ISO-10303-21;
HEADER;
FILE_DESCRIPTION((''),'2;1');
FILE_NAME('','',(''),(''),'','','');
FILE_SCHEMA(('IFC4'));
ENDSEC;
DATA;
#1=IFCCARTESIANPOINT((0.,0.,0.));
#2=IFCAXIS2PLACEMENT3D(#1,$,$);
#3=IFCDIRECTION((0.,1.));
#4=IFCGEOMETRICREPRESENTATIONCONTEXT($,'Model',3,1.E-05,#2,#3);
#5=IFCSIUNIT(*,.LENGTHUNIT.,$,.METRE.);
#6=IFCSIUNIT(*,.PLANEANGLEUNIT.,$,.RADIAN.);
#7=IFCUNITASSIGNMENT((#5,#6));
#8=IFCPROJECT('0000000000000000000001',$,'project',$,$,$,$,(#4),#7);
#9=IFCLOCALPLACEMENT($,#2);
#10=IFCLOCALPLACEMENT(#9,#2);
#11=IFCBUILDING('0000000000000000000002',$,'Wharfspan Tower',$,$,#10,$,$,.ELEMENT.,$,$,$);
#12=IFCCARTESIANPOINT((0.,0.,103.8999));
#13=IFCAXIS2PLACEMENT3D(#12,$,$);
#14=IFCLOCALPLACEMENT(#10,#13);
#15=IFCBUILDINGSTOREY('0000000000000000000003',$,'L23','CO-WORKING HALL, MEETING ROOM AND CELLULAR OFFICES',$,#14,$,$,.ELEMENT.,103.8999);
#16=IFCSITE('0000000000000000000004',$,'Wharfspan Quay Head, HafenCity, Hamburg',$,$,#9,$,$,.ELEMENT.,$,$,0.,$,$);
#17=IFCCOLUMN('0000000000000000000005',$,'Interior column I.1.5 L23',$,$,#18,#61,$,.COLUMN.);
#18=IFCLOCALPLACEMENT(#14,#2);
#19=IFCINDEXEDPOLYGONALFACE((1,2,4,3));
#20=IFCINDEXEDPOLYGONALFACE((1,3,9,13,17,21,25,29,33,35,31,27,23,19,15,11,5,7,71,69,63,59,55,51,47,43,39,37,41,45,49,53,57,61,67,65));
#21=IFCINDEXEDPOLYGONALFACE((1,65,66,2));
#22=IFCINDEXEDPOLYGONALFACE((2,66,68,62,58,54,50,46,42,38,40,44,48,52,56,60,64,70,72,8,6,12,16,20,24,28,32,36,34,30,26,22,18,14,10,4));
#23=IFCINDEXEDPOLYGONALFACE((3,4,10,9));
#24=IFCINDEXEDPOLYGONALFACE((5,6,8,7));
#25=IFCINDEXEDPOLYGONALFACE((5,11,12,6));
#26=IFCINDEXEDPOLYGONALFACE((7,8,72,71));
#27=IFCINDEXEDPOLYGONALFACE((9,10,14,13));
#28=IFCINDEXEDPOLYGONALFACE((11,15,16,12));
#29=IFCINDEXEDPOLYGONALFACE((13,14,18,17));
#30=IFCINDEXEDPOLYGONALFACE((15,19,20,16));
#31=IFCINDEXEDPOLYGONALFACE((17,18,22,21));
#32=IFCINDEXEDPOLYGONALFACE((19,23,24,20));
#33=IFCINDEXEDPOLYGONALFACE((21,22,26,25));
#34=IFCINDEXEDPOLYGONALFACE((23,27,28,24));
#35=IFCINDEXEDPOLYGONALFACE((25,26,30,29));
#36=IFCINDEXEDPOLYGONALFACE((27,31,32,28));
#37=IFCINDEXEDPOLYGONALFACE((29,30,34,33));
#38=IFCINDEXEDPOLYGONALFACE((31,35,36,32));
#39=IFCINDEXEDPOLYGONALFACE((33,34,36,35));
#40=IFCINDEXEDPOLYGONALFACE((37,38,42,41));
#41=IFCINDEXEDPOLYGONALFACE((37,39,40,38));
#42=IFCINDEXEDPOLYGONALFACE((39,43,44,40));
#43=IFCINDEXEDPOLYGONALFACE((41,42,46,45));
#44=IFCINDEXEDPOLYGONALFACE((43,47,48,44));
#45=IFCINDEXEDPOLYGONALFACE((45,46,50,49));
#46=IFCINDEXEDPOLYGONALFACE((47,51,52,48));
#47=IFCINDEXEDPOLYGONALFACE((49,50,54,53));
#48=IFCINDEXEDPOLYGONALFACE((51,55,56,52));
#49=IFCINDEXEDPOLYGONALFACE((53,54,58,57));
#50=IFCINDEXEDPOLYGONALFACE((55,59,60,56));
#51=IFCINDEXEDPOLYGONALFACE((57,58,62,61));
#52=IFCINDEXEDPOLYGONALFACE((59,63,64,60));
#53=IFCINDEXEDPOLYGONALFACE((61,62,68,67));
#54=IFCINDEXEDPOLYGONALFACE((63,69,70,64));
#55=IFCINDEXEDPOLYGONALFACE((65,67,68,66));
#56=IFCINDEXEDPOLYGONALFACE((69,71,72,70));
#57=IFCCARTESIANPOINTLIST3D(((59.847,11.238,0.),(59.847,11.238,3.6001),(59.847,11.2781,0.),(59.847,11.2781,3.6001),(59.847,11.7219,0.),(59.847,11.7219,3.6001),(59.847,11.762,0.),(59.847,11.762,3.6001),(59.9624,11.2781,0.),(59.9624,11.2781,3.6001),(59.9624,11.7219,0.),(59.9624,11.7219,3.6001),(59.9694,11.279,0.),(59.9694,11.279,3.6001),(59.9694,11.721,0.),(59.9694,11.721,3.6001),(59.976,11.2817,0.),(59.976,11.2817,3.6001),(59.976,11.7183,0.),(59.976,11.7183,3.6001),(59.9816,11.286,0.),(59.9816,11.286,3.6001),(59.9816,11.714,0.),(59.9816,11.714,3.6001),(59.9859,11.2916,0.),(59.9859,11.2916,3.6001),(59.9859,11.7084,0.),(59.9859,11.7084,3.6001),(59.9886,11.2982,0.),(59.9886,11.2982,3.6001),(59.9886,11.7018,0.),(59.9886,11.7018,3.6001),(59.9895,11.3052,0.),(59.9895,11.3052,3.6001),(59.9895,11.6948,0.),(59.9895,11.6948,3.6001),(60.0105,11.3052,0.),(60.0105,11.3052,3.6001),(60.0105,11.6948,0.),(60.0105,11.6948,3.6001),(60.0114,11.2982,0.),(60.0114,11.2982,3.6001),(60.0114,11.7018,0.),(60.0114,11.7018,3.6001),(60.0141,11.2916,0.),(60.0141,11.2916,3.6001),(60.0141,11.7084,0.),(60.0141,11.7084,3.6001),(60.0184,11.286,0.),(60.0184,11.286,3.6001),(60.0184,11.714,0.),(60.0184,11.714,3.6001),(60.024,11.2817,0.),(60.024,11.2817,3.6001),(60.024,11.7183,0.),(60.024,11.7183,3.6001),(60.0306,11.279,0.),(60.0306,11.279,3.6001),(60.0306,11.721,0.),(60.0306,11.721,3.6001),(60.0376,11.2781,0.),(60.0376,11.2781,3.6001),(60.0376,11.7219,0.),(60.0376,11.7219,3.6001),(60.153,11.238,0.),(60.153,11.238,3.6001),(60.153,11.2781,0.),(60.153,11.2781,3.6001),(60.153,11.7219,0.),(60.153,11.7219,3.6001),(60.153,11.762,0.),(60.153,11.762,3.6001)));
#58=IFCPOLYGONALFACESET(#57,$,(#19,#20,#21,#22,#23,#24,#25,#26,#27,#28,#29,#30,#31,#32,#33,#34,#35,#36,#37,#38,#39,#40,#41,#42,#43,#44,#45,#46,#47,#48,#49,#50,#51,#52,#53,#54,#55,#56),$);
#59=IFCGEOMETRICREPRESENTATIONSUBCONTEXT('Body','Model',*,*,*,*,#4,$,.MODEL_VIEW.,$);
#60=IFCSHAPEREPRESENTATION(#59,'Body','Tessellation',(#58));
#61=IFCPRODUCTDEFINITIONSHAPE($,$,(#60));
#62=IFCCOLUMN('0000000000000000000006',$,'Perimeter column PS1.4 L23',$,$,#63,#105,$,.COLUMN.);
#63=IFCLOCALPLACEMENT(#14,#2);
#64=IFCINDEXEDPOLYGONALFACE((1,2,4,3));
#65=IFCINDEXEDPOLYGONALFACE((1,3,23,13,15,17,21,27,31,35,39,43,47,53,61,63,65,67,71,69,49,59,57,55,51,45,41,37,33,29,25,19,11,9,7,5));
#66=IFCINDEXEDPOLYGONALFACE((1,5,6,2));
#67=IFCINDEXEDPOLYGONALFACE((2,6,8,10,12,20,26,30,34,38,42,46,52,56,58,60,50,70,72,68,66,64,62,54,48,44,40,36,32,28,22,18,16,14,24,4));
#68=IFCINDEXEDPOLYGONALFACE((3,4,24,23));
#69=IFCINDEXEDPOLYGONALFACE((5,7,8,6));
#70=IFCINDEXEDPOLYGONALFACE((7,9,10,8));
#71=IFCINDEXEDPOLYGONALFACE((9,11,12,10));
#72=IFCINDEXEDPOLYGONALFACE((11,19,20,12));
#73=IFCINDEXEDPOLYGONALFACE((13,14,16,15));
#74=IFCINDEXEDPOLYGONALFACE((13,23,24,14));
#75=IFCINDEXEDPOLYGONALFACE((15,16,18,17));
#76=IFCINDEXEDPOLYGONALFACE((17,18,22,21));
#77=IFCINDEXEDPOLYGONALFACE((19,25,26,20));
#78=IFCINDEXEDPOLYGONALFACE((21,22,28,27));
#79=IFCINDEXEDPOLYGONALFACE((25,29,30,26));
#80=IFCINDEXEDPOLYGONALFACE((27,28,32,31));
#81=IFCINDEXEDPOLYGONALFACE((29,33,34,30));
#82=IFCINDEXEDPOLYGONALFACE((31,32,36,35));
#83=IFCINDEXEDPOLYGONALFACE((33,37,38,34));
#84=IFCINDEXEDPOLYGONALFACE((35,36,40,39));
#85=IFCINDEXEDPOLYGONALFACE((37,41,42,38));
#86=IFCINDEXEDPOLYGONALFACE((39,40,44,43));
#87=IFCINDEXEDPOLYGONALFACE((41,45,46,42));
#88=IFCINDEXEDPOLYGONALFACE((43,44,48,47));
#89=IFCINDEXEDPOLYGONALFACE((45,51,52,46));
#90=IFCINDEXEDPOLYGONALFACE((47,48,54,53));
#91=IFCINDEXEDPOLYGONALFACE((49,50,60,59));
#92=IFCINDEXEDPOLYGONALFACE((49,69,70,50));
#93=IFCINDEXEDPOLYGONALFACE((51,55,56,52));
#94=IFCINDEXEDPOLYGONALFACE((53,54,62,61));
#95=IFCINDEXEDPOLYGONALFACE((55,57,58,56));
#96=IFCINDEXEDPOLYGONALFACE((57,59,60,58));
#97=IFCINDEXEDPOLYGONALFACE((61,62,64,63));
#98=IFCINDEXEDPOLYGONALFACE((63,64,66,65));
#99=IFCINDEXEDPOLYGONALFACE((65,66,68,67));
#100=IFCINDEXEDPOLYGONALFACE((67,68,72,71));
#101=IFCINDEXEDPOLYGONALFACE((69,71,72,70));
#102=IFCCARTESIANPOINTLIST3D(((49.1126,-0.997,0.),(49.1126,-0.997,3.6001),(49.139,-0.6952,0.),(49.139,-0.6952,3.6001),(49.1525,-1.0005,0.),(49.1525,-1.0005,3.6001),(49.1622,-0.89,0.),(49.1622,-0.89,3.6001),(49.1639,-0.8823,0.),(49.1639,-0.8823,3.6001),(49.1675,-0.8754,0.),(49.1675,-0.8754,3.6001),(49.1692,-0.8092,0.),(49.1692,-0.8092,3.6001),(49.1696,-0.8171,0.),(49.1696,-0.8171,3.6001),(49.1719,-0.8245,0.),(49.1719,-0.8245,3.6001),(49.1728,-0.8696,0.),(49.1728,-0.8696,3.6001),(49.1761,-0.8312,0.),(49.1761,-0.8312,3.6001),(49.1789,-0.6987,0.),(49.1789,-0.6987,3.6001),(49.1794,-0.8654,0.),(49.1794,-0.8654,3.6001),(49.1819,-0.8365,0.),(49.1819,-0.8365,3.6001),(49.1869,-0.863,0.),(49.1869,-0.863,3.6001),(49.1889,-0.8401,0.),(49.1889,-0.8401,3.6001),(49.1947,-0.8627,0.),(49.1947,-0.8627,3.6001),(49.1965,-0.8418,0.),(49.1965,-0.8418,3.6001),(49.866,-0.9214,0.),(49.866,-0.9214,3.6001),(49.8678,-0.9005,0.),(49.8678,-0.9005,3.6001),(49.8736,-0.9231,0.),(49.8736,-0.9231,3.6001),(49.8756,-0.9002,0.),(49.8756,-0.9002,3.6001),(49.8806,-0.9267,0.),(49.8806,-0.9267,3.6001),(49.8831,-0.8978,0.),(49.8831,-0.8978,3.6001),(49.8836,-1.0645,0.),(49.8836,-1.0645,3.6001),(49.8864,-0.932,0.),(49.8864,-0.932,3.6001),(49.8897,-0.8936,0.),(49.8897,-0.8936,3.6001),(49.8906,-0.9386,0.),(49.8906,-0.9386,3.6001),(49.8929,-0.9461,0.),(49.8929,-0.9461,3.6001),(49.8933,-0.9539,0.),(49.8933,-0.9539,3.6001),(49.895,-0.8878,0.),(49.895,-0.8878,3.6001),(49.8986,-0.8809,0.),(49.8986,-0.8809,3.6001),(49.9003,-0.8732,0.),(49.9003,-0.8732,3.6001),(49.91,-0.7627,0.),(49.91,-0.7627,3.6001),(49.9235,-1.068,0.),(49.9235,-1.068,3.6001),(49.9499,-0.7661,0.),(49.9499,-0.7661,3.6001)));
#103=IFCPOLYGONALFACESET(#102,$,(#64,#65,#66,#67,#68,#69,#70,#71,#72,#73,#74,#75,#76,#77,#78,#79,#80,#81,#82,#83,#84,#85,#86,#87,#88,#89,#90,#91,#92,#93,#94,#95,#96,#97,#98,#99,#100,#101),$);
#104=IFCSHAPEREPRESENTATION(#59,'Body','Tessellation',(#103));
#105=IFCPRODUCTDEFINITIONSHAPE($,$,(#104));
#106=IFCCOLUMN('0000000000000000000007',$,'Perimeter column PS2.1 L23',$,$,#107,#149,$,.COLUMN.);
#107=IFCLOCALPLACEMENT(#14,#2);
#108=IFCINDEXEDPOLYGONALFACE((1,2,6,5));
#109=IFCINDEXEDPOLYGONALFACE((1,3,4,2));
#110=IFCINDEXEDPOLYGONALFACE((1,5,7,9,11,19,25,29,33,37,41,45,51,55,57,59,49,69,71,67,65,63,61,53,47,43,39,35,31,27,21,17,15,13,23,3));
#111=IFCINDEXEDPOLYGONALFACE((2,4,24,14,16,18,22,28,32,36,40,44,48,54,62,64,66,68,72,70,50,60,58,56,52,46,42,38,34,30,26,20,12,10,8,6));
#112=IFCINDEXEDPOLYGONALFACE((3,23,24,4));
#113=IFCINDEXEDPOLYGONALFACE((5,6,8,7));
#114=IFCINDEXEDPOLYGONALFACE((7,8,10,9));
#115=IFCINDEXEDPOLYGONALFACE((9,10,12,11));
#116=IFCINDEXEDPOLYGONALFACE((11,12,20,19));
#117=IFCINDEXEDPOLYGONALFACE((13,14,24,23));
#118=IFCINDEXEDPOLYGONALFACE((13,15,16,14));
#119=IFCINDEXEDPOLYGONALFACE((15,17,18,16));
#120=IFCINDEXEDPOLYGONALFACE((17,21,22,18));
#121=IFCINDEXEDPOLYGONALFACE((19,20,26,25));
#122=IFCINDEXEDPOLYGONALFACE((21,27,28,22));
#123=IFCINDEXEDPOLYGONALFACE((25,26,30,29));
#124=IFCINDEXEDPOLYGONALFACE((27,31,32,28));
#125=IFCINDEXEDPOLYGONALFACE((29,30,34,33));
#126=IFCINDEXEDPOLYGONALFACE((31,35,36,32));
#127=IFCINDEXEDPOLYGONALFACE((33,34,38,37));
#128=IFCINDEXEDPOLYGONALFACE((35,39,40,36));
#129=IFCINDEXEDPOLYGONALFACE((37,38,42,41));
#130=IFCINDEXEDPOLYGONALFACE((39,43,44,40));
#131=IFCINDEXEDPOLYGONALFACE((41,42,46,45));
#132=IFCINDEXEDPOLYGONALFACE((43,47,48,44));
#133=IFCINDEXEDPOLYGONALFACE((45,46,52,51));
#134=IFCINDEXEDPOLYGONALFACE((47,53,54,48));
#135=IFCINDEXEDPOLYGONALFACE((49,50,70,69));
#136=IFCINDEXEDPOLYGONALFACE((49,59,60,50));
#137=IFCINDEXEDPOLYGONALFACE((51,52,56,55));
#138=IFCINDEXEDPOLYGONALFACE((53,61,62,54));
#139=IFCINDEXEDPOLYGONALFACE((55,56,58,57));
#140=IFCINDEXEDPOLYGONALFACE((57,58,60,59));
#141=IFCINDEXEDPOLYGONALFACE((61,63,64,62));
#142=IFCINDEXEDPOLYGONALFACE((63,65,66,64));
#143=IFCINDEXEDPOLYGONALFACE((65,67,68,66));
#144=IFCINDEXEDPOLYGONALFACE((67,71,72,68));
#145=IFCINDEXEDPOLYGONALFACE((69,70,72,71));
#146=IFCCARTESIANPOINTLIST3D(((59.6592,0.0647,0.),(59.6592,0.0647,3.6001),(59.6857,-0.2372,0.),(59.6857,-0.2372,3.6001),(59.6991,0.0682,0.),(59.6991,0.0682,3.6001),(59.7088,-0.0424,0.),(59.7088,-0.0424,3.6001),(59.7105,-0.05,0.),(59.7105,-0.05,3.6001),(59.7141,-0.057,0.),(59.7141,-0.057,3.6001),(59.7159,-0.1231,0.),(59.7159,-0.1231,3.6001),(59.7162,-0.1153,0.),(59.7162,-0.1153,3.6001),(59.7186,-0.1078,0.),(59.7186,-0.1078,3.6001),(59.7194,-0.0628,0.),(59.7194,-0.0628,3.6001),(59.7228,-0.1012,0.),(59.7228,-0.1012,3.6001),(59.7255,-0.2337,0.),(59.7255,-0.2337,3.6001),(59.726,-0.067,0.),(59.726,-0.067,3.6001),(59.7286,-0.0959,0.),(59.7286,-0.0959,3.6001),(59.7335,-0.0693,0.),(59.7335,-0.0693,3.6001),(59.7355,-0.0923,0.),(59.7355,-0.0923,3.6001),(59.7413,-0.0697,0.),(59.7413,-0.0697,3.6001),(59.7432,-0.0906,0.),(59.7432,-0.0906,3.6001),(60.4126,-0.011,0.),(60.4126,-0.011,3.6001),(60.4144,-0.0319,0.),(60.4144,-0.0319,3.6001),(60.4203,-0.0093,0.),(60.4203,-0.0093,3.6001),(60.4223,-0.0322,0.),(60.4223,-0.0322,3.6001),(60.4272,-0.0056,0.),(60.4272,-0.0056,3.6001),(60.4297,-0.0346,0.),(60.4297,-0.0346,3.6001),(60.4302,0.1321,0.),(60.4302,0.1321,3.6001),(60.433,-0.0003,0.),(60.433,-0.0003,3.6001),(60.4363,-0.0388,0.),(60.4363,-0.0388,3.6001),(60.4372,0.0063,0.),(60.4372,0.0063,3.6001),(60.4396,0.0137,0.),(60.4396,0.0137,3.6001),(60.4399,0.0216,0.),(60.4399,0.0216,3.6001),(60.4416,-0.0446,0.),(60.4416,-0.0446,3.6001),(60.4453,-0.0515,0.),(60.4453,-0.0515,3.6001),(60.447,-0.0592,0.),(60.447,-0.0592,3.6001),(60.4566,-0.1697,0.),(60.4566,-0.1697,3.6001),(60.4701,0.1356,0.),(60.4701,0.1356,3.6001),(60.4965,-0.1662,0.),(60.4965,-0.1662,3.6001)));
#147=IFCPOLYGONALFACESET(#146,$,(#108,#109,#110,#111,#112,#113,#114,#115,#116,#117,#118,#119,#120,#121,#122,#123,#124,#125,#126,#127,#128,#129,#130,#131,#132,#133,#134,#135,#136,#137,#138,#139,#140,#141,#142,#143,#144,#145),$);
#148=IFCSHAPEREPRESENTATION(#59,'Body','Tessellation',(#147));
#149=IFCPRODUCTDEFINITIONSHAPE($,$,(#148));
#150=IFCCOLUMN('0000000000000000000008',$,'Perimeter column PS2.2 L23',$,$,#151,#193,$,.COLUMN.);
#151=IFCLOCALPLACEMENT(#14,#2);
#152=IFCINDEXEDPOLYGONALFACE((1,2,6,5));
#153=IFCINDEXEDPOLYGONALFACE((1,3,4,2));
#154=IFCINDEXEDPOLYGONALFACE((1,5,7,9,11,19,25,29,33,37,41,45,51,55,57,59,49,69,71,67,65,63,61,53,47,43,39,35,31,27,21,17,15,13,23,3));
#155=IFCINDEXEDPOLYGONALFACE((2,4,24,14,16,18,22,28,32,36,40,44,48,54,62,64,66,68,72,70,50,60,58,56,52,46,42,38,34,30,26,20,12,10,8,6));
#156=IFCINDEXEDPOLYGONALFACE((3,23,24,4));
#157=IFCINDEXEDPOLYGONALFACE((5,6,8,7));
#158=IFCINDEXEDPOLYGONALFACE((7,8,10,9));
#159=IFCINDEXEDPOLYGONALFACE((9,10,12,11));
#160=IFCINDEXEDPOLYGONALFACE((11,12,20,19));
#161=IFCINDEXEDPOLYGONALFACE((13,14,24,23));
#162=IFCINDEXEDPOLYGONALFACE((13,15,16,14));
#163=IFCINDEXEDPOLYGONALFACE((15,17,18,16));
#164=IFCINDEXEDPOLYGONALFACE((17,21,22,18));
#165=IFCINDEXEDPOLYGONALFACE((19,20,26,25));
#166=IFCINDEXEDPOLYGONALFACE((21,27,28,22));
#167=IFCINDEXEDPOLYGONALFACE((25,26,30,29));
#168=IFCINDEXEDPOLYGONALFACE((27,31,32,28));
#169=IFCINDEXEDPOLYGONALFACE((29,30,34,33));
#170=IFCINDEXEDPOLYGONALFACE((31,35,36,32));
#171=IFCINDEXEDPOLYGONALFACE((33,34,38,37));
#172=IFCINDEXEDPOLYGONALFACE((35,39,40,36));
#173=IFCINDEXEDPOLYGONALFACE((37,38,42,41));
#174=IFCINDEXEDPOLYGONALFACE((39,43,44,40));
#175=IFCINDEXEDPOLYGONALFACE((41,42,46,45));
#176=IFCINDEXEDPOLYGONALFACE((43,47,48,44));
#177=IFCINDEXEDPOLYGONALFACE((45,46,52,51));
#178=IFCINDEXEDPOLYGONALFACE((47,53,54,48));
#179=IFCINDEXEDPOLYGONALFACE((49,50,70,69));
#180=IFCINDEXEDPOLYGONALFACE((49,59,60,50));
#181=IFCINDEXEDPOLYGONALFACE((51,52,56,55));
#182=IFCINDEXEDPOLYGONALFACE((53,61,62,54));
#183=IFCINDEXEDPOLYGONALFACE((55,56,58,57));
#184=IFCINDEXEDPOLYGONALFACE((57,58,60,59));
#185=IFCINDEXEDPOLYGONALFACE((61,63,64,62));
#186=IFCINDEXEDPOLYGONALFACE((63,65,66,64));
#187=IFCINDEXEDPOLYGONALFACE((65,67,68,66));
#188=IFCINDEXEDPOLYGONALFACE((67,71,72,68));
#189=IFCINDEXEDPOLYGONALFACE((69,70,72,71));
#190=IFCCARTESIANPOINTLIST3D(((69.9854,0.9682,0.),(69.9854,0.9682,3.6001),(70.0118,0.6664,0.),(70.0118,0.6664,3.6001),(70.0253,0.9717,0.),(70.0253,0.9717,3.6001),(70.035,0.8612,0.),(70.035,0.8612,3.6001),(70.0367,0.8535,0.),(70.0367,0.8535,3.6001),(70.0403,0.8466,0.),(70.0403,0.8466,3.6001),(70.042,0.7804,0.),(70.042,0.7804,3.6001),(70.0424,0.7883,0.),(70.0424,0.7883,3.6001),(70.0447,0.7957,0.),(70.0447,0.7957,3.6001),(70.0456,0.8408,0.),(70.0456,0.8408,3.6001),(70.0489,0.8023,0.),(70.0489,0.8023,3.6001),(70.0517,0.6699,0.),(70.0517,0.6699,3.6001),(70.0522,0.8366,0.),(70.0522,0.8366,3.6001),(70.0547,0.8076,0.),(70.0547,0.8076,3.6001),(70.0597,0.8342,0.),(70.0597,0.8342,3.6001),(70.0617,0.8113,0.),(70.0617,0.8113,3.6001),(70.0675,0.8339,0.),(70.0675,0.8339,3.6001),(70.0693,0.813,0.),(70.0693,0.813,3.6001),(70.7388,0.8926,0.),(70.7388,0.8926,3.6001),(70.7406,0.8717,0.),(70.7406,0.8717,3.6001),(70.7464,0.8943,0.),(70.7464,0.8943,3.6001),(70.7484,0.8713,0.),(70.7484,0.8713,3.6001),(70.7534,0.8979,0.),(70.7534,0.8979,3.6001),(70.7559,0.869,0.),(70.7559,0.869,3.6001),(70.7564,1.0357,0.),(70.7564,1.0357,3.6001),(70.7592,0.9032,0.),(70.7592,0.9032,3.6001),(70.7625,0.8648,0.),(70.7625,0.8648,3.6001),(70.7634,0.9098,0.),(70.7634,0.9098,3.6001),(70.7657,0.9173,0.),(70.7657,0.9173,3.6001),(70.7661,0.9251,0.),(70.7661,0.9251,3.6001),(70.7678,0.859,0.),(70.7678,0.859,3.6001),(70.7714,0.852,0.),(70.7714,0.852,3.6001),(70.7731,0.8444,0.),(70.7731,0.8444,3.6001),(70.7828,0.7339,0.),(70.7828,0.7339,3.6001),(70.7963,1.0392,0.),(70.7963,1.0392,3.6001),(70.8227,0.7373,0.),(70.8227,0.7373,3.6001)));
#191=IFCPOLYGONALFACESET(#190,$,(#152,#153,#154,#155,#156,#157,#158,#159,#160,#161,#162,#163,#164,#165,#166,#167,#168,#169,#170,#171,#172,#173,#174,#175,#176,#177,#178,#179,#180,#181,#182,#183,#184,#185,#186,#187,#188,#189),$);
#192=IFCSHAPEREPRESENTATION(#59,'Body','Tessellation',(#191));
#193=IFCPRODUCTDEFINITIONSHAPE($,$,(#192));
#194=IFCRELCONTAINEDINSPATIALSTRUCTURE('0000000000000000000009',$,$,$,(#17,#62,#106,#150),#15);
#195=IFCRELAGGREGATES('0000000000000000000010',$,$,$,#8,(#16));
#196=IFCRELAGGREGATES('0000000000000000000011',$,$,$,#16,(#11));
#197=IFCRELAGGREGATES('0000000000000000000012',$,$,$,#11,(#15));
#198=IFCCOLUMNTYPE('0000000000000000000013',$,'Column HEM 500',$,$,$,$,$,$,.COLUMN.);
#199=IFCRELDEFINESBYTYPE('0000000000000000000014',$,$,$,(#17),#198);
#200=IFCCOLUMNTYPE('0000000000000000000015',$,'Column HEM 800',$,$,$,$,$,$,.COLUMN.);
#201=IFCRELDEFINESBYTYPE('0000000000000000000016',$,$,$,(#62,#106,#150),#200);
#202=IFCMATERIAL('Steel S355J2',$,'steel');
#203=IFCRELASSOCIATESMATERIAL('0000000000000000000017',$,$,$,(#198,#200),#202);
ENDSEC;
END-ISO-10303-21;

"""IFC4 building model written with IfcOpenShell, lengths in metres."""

from ifc_helpers import new_model, si_unit, direction, frame, origin, origin_2d, place, context, subcontext, project, spatial, i_section, extrude, material, material_profile, profile_set, type_object, element, save


model = new_model("IFC4")

# Units and contexts
model_context = context("Model", 3, precision=1e-05, world=origin(), true_north=direction((0.0, 1.0)))
body_context = subcontext(model_context, "Body", "Model", "MODEL_VIEW")
ifc_project = project(units=[si_unit("LENGTHUNIT", "METRE"), si_unit("PLANEANGLEUNIT", "RADIAN")], contexts=[model_context])

# Site, building, storey
site_placement = place(None, origin())
site = spatial("IfcSite", under=ifc_project, at=site_placement, Name="Wharfspan Quay Head, HafenCity, Hamburg", CompositionType="ELEMENT", RefElevation=0.0)
building_placement = place(site_placement, origin())
building = spatial("IfcBuilding", under=site, at=building_placement, Name="Wharfspan Tower", CompositionType="ELEMENT")
storey_placement = place(building_placement, frame((0.0, 0.0, 103.8999)))
storey = spatial("IfcBuildingStorey", under=building, at=storey_placement, Name="L23", Description="CO-WORKING HALL, MEETING ROOM AND CELLULAR OFFICES", CompositionType="ELEMENT", Elevation=103.8999)

# Columns
ifc_material_1 = material(Name="Steel S355J2", Category="steel")
ifc_material_profile_1 = material_profile(ifc_material_1, i_section(OverallWidth=0.3059, OverallDepth=0.5239, WebThickness=0.021, FlangeThickness=0.04, FilletRadius=0.0271, at=origin_2d()))
ifc_profile_set_1 = profile_set([ifc_material_profile_1], Name="Steel S355J2")
column_type_1 = type_object("IfcColumnType", Name="Column HEM 500", PredefinedType="COLUMN", material=ifc_profile_set_1)
column_placement = place(storey_placement, frame((60.0, 11.5, 0.0), z_axis=(0.0, 0.0, 1.0), x_axis=(1.0, 0.0, 0.0)))
element("IfcColumn", 1, at=column_placement, inside=storey, type_object=column_type_1, Name="Interior column I.1.5 L23", PredefinedType="COLUMN", context=body_context, shape_type="SweptSolid", body=[
    extrude(i_section(OverallWidth=0.3059, OverallDepth=0.5239, WebThickness=0.021, FlangeThickness=0.04, FilletRadius=0.0271, at=origin_2d()), origin(), (0.0, 0.0, 1.0), 3.6001),
])
ifc_material_profile_2 = material_profile(ifc_material_1, i_section(OverallWidth=0.303, OverallDepth=0.814, WebThickness=0.021, FlangeThickness=0.04, FilletRadius=0.03, at=origin_2d()))
ifc_profile_set_2 = profile_set([ifc_material_profile_2], Name="Steel S355J2")
column_type_2 = type_object("IfcColumnType", Name="Column HEM 800", PredefinedType="COLUMN", material=ifc_profile_set_2)
for number, where, z_axis, x_axis, name in (
    (2, (49.5312, -0.8816, 0.0), (0.0, 0.0, 1.0), (-0.087156, -0.996198, 0.0), "Perimeter column PS1.4 L23"),
    (3, (60.0779, -0.0508, 0.0), (0.0, 0.0, 1.0), (0.087156, -0.996198, 0.0), "Perimeter column PS2.1 L23"),
    (4, (70.4041, 0.8528, 0.0), (0.0, 0.0, 1.0), (0.087156, -0.996198, 0.0), "Perimeter column PS2.2 L23"),
):
    element("IfcColumn", number, at=place(storey_placement, frame(where, z_axis=z_axis, x_axis=x_axis)), inside=storey, type_object=column_type_2, Name=name, PredefinedType="COLUMN", context=body_context, shape_type="SweptSolid", body=[
        extrude(i_section(OverallWidth=0.303, OverallDepth=0.814, WebThickness=0.021, FlangeThickness=0.04, FilletRadius=0.03, at=origin_2d()), origin(), (0.0, 0.0, 1.0), 3.6001),
    ])

save(model, "model.ifc")
